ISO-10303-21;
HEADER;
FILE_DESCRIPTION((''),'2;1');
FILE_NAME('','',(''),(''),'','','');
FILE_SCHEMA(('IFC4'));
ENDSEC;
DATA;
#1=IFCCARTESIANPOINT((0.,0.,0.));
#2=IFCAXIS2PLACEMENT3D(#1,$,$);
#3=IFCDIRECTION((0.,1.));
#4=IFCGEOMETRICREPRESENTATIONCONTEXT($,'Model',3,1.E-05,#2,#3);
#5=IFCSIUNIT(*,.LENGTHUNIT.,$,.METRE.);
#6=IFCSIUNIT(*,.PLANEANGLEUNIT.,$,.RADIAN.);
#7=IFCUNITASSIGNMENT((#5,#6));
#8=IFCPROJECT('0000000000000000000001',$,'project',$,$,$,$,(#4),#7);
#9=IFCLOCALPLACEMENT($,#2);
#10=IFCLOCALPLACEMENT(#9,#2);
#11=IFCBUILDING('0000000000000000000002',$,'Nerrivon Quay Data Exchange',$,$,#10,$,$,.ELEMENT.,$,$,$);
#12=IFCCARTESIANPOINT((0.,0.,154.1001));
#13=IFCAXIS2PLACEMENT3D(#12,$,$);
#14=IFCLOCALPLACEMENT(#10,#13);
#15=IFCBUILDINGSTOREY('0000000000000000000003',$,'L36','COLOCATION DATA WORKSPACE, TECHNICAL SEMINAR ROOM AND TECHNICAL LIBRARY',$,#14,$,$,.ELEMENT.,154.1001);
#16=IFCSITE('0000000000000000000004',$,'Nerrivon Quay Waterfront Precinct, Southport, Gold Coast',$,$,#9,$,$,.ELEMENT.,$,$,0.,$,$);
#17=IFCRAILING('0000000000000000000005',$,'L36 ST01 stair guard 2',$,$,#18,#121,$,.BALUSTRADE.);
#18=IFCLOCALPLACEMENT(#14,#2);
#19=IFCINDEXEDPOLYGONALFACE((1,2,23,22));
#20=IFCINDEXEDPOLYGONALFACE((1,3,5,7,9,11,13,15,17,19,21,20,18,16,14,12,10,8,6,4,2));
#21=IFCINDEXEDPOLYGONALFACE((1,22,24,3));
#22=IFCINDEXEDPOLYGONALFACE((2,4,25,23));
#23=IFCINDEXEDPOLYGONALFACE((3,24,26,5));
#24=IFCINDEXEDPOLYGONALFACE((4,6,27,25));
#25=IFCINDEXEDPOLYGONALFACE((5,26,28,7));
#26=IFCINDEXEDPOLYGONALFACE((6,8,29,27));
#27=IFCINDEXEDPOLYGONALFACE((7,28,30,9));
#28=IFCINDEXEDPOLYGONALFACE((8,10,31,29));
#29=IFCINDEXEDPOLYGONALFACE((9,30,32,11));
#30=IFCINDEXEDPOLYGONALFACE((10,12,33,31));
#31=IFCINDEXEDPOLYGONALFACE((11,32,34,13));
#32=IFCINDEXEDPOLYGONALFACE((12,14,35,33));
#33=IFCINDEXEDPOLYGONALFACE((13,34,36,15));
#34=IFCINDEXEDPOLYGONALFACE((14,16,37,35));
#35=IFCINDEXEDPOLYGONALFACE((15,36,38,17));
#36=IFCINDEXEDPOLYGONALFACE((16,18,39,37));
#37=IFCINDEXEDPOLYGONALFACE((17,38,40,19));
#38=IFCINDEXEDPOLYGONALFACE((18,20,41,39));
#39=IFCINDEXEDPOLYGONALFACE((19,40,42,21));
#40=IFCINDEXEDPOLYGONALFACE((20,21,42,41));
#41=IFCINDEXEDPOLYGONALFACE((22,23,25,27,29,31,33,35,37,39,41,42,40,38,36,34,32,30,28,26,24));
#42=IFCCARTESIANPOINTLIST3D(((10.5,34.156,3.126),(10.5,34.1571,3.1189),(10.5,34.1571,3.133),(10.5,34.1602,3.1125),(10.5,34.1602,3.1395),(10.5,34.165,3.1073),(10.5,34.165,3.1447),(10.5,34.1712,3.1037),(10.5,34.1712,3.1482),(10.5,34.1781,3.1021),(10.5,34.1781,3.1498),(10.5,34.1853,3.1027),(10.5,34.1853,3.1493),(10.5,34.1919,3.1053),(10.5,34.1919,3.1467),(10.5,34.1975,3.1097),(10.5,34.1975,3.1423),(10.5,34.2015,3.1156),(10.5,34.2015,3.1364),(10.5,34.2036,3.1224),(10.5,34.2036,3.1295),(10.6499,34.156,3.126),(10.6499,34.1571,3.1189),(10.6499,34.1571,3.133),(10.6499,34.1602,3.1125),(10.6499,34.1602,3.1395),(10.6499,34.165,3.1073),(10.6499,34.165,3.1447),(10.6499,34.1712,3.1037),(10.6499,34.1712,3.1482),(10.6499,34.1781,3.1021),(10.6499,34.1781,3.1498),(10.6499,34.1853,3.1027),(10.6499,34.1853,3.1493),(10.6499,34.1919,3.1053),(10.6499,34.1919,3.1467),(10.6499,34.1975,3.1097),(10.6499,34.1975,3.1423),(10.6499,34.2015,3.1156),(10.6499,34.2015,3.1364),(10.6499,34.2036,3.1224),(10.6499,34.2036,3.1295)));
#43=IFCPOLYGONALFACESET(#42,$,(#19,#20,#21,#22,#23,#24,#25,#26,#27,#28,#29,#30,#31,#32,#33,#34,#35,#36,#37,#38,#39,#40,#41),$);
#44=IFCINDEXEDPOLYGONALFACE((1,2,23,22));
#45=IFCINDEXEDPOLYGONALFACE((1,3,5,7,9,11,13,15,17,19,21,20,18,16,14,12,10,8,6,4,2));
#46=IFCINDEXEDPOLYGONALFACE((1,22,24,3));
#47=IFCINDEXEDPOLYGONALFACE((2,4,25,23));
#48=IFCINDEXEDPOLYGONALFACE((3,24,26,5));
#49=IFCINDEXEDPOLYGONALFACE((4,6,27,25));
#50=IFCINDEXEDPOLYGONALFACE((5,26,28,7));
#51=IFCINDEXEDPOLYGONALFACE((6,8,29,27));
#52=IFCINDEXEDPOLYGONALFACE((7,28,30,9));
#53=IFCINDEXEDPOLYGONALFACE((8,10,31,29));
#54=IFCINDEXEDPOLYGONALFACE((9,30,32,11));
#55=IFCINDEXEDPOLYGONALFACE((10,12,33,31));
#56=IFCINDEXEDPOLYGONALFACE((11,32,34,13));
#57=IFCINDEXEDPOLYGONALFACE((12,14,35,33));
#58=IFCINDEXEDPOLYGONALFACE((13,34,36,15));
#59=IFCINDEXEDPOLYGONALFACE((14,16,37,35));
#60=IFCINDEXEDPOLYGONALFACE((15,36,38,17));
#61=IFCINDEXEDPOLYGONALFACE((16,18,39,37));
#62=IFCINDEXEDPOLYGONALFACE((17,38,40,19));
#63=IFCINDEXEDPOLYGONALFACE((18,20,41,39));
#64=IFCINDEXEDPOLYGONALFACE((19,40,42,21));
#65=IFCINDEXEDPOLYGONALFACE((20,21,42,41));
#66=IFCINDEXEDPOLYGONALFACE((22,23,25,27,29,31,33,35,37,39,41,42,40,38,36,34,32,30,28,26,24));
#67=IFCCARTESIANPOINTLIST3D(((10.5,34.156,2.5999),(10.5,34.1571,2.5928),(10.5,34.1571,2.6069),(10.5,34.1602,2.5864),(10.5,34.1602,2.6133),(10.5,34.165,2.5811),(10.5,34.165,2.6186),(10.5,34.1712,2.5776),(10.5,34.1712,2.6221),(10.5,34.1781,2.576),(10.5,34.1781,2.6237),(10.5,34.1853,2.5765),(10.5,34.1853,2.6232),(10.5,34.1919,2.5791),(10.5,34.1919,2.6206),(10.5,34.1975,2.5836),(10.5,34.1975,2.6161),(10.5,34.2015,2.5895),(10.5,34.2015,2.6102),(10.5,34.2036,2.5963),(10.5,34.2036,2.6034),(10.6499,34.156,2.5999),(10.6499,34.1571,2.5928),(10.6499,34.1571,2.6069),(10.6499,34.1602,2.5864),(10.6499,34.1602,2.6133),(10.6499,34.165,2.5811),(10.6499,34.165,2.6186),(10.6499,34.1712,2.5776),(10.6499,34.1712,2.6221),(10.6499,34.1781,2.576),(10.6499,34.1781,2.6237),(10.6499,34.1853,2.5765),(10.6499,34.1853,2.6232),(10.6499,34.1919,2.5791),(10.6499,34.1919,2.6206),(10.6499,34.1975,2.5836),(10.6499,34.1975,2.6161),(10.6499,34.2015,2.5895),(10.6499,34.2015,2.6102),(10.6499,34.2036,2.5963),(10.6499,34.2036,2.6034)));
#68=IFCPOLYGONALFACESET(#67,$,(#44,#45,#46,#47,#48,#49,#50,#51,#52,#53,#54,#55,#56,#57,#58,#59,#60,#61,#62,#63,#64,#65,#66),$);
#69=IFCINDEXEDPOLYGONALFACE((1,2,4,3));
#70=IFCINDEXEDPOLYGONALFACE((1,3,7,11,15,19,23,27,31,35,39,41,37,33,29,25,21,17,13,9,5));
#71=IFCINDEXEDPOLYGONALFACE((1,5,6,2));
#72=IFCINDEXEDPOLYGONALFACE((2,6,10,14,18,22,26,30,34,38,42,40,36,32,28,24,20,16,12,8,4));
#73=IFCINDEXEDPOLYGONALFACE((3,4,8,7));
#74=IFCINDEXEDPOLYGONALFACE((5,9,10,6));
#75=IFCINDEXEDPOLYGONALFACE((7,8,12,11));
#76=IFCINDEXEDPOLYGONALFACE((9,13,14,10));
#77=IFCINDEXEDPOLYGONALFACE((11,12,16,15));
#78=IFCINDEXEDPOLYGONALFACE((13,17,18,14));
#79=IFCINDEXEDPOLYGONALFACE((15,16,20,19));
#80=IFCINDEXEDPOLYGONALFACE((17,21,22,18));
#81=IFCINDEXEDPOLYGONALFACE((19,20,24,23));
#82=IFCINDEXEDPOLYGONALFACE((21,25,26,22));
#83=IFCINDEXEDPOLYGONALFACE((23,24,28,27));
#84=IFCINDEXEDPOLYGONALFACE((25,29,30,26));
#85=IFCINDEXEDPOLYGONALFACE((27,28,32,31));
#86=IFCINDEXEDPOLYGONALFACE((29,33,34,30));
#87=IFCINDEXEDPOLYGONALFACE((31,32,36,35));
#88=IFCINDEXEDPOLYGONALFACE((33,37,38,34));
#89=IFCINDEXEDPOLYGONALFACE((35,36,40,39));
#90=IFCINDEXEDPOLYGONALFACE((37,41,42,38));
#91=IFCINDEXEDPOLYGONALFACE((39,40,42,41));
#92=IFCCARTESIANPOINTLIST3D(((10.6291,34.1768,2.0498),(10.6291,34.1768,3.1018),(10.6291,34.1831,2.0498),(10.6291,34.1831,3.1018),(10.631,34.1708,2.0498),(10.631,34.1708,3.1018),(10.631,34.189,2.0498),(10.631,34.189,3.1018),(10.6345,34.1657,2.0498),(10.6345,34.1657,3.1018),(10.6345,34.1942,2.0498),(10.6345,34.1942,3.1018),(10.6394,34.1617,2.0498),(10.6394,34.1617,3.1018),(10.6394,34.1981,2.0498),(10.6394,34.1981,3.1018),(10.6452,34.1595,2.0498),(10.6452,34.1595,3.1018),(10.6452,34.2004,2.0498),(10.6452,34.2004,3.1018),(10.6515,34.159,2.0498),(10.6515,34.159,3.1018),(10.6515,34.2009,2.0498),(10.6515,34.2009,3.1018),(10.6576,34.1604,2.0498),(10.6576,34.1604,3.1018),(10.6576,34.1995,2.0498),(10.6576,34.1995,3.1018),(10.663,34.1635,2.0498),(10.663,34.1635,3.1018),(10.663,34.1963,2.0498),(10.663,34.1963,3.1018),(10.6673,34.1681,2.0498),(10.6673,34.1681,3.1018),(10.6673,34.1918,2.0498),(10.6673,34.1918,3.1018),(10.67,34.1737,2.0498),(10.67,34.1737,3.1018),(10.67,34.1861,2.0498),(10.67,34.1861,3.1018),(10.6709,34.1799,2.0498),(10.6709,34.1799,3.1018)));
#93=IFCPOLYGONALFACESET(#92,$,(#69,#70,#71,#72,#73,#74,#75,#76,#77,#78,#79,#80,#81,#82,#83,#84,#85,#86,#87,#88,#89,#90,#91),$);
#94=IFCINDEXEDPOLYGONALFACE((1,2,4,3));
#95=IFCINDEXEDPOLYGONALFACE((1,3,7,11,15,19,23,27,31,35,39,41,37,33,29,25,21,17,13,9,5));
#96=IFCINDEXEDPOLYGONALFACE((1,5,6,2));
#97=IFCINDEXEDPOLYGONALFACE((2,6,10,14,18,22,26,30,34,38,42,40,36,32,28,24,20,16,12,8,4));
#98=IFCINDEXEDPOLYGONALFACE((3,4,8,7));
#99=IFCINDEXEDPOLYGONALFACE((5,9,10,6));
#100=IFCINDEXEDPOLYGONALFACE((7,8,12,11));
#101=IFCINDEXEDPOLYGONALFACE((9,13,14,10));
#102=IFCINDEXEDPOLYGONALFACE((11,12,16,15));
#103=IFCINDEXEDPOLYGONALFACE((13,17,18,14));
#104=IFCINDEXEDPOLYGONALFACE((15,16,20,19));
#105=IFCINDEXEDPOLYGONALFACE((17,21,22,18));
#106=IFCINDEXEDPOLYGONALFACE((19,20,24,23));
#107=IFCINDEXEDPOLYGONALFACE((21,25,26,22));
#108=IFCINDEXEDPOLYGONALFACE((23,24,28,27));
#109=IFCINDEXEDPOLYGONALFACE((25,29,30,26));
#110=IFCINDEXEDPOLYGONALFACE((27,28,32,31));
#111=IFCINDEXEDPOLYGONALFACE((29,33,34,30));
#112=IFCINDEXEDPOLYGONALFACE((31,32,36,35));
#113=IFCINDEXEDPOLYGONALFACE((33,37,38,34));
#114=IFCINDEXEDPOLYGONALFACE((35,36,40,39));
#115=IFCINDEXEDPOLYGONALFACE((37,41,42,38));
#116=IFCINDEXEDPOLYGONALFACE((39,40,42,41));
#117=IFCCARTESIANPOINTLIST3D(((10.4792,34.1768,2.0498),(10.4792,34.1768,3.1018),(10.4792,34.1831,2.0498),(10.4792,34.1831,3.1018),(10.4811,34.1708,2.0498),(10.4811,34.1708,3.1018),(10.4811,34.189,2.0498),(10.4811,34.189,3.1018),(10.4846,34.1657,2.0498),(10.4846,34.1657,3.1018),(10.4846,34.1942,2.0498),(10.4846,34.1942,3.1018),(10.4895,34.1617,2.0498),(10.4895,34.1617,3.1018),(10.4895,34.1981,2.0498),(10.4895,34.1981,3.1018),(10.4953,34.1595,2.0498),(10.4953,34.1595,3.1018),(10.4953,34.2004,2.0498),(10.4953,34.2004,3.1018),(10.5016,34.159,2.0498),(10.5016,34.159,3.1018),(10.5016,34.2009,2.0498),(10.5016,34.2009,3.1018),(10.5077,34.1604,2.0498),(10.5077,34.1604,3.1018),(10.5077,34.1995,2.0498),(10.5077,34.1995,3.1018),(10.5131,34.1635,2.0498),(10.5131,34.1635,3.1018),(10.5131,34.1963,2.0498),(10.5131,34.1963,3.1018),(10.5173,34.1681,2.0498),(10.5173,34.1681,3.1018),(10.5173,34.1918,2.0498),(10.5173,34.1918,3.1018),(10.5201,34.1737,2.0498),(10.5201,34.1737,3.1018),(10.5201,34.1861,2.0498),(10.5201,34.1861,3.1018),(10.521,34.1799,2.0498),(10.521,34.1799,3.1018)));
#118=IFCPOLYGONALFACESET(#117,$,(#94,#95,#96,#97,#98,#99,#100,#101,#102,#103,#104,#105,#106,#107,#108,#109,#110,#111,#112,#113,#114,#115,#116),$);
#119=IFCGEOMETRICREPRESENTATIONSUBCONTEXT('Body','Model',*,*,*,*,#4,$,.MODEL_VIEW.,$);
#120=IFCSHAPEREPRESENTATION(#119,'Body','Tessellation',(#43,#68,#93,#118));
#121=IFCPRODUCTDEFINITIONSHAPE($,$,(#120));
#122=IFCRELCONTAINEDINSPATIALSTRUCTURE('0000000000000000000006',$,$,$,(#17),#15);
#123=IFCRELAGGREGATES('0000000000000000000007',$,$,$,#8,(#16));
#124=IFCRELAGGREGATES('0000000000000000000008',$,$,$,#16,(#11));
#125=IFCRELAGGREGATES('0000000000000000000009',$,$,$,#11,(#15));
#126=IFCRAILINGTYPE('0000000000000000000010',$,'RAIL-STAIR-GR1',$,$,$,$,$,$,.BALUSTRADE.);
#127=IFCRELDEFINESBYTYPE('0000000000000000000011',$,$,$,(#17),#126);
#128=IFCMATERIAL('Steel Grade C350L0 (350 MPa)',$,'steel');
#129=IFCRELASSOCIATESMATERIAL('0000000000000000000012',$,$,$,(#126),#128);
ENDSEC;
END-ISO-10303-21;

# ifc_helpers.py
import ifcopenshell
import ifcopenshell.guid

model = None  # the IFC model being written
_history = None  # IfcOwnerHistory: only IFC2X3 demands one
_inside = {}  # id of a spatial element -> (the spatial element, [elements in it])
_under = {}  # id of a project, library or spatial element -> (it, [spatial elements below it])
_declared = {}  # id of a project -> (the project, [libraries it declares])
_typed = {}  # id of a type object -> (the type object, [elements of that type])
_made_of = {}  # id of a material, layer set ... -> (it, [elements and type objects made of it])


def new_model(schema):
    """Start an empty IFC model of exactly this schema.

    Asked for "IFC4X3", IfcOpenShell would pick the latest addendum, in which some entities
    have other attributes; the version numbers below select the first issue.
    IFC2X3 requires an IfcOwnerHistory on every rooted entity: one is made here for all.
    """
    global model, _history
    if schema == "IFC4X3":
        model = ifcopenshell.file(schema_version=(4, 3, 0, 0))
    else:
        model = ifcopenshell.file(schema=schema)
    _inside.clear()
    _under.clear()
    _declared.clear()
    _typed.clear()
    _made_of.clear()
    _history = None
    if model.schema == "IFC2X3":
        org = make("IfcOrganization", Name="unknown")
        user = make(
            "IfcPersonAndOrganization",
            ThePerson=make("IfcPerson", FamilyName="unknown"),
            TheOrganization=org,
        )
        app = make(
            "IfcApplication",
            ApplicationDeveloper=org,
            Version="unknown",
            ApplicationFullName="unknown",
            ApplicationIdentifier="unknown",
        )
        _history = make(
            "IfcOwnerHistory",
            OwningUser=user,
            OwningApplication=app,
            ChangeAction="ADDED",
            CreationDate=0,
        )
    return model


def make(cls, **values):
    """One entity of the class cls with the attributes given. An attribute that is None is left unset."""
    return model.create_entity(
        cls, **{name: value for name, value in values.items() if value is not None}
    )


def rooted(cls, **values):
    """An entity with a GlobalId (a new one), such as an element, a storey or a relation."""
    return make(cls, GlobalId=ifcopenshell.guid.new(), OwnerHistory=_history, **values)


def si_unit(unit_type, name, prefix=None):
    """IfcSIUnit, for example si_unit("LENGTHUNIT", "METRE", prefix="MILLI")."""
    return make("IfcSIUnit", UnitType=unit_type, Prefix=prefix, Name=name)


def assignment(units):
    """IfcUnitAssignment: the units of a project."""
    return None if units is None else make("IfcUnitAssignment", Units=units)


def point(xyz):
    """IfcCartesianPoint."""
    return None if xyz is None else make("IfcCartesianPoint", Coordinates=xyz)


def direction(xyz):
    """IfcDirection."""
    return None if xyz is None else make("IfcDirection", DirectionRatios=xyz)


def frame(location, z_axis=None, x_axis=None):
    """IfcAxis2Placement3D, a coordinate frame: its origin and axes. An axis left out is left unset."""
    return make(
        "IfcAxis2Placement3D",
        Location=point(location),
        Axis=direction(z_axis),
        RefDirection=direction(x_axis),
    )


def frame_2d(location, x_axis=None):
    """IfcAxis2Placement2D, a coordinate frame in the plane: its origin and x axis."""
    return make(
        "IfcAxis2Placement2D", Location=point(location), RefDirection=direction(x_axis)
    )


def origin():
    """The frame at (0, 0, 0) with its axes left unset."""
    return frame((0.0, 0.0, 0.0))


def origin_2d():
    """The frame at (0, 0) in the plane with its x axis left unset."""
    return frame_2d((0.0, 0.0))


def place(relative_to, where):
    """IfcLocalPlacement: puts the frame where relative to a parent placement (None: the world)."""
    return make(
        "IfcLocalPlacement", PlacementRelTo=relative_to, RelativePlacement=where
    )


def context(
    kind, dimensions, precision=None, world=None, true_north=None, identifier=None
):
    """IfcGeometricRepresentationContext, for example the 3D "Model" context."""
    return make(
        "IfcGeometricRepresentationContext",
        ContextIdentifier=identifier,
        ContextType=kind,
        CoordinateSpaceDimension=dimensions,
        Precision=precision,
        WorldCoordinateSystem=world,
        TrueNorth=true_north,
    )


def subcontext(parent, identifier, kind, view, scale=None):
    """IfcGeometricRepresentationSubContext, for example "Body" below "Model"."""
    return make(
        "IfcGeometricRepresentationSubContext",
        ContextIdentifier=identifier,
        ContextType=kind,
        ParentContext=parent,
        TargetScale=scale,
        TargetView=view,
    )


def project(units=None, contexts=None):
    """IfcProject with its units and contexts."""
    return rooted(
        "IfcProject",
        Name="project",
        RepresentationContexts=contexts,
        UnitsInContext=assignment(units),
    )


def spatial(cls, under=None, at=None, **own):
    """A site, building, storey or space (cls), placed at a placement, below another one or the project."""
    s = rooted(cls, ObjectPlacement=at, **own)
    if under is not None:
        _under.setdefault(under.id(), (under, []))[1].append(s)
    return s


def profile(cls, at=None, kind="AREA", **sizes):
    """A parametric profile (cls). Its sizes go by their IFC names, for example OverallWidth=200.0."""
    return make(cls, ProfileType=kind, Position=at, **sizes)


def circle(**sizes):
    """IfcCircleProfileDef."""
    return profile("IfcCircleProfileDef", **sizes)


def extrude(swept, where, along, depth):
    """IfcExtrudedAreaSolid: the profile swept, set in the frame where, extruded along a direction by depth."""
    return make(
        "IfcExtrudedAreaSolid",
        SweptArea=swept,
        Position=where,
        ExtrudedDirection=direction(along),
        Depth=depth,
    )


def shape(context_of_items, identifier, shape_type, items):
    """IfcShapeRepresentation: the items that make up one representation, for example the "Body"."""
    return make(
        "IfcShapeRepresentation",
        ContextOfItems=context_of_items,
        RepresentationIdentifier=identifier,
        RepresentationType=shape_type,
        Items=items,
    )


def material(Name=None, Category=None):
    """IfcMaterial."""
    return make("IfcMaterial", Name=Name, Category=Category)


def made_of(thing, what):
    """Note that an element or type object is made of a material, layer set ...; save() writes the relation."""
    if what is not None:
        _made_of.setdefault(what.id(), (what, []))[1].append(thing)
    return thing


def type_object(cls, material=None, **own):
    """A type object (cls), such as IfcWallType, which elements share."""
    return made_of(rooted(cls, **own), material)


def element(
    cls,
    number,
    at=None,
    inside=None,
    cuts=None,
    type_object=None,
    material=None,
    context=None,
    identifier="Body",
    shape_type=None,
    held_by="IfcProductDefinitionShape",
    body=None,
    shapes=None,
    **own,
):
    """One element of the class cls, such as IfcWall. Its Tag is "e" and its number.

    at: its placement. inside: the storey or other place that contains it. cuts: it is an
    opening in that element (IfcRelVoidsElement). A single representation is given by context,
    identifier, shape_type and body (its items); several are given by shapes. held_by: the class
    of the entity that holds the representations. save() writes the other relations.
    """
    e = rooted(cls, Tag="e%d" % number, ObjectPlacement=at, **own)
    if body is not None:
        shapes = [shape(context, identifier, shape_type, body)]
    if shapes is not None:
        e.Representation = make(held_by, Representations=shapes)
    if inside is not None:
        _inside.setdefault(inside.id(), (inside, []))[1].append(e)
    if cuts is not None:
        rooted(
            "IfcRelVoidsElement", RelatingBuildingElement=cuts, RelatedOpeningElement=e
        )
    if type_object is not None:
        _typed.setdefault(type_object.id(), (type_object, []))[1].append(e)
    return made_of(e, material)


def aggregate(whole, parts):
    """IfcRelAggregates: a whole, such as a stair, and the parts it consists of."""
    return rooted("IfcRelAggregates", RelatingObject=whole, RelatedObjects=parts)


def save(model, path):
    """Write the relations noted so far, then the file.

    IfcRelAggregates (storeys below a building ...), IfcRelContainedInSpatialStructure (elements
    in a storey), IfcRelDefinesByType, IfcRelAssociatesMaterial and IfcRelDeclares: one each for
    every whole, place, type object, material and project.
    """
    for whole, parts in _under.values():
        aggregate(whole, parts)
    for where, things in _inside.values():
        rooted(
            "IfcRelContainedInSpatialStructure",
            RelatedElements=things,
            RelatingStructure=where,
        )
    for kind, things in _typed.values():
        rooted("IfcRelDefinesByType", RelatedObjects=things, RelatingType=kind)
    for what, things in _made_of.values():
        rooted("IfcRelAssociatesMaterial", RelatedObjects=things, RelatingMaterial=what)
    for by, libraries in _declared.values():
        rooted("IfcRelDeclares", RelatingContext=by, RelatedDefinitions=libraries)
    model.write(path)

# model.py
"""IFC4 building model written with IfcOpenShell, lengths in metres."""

from ifc_helpers import new_model, si_unit, direction, frame, origin, origin_2d, place, context, subcontext, project, spatial, circle, extrude, material, type_object, element, save


model = new_model("IFC4")

# Units and contexts
model_context = context("Model", 3, precision=1e-05, world=origin(), true_north=direction((0.0, 1.0)))
body_context = subcontext(model_context, "Body", "Model", "MODEL_VIEW")
ifc_project = project(units=[si_unit("LENGTHUNIT", "METRE"), si_unit("PLANEANGLEUNIT", "RADIAN")], contexts=[model_context])

# Site, building, storey
site_placement = place(None, origin())
site = spatial("IfcSite", under=ifc_project, at=site_placement, Name="Nerrivon Quay Waterfront Precinct, Southport, Gold Coast", CompositionType="ELEMENT", RefElevation=0.0)
building_placement = place(site_placement, origin())
building = spatial("IfcBuilding", under=site, at=building_placement, Name="Nerrivon Quay Data Exchange", CompositionType="ELEMENT")
storey_placement = place(building_placement, frame((0.0, 0.0, 154.1001)))
storey = spatial("IfcBuildingStorey", under=building, at=storey_placement, Name="L36", Description="COLOCATION DATA WORKSPACE, TECHNICAL SEMINAR ROOM AND TECHNICAL LIBRARY", CompositionType="ELEMENT", Elevation=154.1001)

# Railing
ifc_material_1 = material(Name="Steel Grade C350L0 (350 MPa)", Category="steel")
railing_type = type_object("IfcRailingType", Name="RAIL-STAIR-GR1", PredefinedType="BALUSTRADE", material=ifc_material_1)
railing_1_placement = place(storey_placement, frame((10.6499, 34.1799, 2.0498)))
element("IfcRailing", 1, at=railing_1_placement, inside=storey, type_object=railing_type, Name="L36 ST01 stair guard 2", PredefinedType="BALUSTRADE", context=body_context, shape_type="SweptSolid", body=[
    extrude(circle(Radius=0.0239, at=origin_2d()), frame((0.0, 0.0, 1.0762), z_axis=(-1.0, 0.0, 0.0), x_axis=(0.0, -1.0, 0.0)), (0.0, 0.0, 1.0), 0.1499),
    extrude(circle(Radius=0.0239, at=origin_2d()), frame((0.0, 0.0, 0.55), z_axis=(-1.0, 0.0, 0.0), x_axis=(0.0, -1.0, 0.0)), (0.0, 0.0, 1.0), 0.1499),
    extrude(circle(Radius=0.021, at=origin_2d()), origin(), (0.0, 0.0, 1.0), 1.052),
    extrude(circle(Radius=0.021, at=origin_2d()), frame((-0.1499, 0.0, 0.0)), (0.0, 0.0, 1.0), 1.052),
])

save(model, "model.ifc")
